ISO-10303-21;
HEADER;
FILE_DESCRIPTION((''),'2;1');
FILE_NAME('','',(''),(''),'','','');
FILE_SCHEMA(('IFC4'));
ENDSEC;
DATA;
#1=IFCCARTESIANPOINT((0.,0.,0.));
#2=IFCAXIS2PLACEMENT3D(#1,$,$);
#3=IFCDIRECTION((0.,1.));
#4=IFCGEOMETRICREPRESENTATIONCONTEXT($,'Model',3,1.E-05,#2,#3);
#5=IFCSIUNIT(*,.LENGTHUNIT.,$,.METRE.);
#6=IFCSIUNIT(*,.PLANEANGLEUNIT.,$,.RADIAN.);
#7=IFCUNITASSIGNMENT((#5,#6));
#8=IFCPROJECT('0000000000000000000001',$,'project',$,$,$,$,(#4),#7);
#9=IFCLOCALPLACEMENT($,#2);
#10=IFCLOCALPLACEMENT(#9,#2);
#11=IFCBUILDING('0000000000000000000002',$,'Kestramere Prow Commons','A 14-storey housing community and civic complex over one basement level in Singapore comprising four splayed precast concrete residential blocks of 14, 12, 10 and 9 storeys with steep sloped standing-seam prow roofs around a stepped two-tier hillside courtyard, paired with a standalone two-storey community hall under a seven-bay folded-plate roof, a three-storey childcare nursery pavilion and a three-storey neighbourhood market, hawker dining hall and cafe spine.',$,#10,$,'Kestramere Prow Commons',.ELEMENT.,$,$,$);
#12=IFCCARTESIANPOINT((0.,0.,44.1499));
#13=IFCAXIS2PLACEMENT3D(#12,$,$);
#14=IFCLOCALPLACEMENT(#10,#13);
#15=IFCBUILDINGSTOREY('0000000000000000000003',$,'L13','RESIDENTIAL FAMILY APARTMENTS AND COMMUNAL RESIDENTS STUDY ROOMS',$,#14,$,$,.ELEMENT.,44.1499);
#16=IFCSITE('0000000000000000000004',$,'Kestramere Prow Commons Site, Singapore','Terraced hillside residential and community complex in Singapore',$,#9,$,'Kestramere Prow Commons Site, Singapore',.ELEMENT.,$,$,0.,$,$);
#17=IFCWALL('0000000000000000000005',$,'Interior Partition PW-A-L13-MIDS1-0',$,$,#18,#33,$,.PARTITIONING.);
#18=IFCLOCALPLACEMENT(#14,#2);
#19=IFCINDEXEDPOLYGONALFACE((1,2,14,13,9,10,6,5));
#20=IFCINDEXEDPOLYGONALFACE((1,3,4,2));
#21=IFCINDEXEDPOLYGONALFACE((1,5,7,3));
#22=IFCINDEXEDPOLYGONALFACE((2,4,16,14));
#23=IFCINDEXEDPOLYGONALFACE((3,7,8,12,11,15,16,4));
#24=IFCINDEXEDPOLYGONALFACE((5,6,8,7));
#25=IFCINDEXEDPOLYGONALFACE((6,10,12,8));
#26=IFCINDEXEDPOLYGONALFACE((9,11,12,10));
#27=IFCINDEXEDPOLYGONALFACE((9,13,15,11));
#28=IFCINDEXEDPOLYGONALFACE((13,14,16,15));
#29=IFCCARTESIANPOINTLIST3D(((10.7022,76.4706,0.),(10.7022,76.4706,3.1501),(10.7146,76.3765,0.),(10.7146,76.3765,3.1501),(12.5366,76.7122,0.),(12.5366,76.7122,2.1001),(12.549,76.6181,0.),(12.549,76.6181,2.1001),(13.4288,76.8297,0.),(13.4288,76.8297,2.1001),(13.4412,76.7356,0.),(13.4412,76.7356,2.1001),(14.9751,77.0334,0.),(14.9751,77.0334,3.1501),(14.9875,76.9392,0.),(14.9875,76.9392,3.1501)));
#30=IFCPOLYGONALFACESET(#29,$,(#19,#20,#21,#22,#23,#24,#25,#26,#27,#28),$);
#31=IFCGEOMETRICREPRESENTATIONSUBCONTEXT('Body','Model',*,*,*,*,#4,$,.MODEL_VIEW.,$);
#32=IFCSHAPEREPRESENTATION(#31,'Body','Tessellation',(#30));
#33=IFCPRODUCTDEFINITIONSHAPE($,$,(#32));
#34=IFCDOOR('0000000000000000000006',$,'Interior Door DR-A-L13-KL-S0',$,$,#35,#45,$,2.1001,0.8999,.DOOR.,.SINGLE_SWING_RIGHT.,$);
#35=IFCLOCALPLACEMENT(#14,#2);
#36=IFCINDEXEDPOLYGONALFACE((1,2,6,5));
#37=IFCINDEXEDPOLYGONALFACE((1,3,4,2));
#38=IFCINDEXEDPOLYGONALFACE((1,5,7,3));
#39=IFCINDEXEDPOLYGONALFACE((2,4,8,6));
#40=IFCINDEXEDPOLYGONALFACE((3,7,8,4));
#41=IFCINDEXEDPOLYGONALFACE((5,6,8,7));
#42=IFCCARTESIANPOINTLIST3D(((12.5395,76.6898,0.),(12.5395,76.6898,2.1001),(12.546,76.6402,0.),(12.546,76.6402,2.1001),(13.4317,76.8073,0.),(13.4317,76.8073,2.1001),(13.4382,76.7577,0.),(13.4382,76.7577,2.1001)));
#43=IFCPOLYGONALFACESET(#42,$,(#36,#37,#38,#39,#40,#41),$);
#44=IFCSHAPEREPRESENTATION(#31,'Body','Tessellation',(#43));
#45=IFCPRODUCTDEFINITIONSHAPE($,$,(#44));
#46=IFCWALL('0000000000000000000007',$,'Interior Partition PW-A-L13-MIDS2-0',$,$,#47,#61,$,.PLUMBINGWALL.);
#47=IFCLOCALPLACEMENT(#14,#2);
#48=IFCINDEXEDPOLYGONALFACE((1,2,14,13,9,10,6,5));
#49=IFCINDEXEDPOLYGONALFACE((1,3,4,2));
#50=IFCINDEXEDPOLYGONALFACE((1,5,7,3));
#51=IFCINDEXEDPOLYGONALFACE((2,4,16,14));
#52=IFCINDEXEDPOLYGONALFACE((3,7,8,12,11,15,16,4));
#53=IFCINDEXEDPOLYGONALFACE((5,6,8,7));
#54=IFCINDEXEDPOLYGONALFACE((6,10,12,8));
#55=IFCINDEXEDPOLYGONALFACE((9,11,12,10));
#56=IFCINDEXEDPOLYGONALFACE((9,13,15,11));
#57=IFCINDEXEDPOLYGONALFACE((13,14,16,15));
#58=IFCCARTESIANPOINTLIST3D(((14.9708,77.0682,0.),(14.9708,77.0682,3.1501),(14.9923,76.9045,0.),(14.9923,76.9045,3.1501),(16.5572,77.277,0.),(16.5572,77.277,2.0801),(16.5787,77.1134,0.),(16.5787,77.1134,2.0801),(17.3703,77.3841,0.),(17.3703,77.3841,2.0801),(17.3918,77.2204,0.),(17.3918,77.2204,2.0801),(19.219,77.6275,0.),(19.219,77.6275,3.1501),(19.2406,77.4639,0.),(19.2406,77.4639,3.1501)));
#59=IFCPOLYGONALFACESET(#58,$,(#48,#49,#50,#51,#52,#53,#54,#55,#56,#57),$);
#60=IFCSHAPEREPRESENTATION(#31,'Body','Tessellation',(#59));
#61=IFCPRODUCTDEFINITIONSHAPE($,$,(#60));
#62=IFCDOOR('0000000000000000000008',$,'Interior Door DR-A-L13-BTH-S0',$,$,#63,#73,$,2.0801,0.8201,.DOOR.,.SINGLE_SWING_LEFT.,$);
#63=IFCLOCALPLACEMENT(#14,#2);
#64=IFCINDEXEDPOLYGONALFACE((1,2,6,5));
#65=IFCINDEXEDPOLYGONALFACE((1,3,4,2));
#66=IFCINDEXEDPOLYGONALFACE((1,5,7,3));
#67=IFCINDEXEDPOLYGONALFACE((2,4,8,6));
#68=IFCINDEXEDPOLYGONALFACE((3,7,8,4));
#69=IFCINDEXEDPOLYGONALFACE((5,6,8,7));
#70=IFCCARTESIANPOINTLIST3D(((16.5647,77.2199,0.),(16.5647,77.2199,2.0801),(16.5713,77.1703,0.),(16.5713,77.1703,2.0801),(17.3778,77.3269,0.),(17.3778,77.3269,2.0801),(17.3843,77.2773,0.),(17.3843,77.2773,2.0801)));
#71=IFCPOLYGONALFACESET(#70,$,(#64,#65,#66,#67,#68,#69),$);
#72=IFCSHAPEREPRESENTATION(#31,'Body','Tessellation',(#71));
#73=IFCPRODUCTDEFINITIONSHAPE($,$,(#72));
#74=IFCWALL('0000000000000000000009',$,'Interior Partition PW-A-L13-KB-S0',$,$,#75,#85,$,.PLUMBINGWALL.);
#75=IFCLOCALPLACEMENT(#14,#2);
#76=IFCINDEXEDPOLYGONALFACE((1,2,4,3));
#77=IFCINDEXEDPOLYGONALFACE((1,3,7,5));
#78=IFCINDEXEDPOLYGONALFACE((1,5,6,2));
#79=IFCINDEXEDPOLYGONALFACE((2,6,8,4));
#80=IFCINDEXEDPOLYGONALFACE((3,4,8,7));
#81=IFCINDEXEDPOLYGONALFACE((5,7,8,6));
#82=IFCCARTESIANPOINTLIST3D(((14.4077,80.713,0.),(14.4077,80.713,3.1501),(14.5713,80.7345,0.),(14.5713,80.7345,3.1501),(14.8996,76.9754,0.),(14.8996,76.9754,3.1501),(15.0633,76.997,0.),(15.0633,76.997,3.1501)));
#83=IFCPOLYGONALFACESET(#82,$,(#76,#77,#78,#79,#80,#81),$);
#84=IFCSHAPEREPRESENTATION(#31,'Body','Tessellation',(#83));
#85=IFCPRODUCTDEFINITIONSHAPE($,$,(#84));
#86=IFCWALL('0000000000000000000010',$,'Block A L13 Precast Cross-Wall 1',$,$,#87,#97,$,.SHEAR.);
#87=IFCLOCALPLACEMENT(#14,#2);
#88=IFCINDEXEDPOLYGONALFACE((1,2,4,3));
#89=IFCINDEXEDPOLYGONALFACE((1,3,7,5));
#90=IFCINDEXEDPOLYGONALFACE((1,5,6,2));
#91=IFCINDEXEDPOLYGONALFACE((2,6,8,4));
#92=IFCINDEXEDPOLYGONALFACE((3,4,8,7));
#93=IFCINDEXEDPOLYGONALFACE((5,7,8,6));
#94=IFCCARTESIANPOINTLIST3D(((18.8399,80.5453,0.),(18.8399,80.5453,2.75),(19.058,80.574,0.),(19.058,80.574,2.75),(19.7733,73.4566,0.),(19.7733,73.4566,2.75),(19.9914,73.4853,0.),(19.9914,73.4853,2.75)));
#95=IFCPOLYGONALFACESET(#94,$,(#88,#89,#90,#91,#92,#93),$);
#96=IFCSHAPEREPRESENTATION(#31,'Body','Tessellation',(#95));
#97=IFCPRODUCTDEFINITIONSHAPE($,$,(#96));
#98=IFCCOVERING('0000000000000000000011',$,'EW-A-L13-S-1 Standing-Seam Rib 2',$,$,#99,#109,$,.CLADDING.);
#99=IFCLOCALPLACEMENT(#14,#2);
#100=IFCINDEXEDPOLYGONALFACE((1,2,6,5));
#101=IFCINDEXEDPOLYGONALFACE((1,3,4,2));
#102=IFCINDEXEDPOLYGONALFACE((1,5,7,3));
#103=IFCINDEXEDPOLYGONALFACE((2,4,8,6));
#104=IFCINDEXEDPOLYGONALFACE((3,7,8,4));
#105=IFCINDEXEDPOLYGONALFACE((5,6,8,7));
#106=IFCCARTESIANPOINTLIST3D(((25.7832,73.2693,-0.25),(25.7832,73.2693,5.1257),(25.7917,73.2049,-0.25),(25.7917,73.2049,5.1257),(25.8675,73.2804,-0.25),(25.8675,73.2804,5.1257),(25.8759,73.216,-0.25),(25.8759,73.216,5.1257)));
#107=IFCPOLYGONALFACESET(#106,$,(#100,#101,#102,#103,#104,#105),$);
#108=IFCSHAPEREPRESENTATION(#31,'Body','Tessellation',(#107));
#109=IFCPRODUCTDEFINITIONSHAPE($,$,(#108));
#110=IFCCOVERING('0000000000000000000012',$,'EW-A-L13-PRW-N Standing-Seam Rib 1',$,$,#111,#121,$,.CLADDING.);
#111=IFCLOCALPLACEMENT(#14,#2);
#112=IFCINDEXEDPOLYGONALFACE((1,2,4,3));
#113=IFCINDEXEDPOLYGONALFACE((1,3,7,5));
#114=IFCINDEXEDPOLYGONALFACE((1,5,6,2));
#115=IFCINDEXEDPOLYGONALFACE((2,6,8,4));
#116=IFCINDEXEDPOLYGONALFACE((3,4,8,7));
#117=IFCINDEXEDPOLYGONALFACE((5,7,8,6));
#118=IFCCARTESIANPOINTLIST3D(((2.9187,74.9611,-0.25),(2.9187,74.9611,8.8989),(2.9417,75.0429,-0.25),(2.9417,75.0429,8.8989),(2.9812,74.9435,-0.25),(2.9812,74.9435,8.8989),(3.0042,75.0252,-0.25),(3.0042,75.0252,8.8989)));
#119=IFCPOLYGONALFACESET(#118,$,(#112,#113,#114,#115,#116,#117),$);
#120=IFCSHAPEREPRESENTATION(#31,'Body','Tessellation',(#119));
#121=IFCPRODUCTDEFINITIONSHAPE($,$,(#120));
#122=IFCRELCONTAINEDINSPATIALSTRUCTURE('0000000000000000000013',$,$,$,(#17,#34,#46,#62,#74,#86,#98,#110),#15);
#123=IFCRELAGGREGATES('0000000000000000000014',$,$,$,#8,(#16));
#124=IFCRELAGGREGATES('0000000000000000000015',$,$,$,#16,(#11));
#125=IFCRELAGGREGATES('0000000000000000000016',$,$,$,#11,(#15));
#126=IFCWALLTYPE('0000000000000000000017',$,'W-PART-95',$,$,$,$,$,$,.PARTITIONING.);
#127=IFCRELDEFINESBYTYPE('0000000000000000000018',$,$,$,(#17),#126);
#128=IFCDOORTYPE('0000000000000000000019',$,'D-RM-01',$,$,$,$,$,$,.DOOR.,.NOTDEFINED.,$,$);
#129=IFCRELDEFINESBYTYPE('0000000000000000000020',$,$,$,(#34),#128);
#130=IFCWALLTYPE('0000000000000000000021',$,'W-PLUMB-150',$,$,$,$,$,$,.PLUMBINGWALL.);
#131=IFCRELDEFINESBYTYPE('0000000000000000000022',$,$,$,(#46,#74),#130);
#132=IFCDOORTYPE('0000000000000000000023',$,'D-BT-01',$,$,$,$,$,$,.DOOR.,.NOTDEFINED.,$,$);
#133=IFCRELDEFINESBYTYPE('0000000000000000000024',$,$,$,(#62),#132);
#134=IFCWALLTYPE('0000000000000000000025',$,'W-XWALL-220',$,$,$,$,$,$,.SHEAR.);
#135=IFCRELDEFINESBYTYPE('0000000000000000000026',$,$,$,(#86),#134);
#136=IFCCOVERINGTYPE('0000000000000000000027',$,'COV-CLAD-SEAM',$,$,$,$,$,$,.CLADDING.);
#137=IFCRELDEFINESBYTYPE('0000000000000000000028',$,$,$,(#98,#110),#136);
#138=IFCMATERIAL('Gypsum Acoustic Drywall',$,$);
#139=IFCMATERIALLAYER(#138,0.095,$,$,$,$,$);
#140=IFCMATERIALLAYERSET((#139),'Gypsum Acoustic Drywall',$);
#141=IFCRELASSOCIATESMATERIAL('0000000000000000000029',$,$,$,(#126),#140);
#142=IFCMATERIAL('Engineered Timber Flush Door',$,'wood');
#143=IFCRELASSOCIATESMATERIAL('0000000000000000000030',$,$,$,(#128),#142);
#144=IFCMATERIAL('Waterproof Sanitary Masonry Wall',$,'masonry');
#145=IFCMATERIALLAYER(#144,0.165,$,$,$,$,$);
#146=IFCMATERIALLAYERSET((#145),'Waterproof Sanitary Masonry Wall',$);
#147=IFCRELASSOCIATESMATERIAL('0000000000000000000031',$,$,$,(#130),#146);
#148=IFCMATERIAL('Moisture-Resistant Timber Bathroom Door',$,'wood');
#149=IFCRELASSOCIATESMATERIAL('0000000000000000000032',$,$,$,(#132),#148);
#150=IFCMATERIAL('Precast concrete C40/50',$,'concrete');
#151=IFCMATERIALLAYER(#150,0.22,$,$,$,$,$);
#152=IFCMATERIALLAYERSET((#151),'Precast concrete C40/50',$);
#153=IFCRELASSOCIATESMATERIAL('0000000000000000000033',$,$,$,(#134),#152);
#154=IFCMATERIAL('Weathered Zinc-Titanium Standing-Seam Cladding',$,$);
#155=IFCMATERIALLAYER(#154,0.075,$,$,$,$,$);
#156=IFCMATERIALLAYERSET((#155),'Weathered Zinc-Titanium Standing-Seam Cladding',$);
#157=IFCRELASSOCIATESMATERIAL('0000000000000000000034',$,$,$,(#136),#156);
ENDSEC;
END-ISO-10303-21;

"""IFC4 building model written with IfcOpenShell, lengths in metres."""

from ifc_helpers import new_model, si_unit, direction, frame, frame_2d, origin, origin_2d, place, context, subcontext, project, spatial, rectangle, extrude, material, layer, layer_set, type_object, element, fill, save


model = new_model("IFC4")

# Units and contexts
model_context = context("Model", 3, precision=1e-05, world=origin(), true_north=direction((0.0, 1.0)))
body_context = subcontext(model_context, "Body", "Model", "MODEL_VIEW")
ifc_project = project(units=[si_unit("LENGTHUNIT", "METRE"), si_unit("PLANEANGLEUNIT", "RADIAN")], contexts=[model_context])

# Site, building, storey
site_placement = place(None, origin())
site = spatial("IfcSite", under=ifc_project, at=site_placement, Name="Kestramere Prow Commons Site, Singapore", Description="Terraced hillside residential and community complex in Singapore", LongName="Kestramere Prow Commons Site, Singapore", CompositionType="ELEMENT", RefElevation=0.0)
building_placement = place(site_placement, origin())
building = spatial("IfcBuilding", under=site, at=building_placement, Name="Kestramere Prow Commons", Description="A 14-storey housing community and civic complex over one basement level in Singapore comprising four splayed precast concrete residential blocks of 14, 12, 10 and 9 storeys with steep sloped standing-seam prow roofs around a stepped two-tier hillside courtyard, paired with a standalone two-storey community hall under a seven-bay folded-plate roof, a three-storey childcare nursery pavilion and a three-storey neighbourhood market, hawker dining hall and cafe spine.", LongName="Kestramere Prow Commons", CompositionType="ELEMENT")
storey_placement = place(building_placement, frame((0.0, 0.0, 44.1499)))
storey = spatial("IfcBuildingStorey", under=building, at=storey_placement, Name="L13", Description="RESIDENTIAL FAMILY APARTMENTS AND COMMUNAL RESIDENTS STUDY ROOMS", CompositionType="ELEMENT", Elevation=44.1499)

# Shared definitions
ifc_material_1 = material(Name="Precast concrete C40/50", Category="concrete")

# Shared definitions
ifc_material_2 = material(Name="Weathered Zinc-Titanium Standing-Seam Cladding")

# Walls, openings, doors
ifc_material_3 = material(Name="Gypsum Acoustic Drywall")
ifc_layer_1 = layer(ifc_material_3, 0.095)
ifc_layer_set_1 = layer_set([ifc_layer_1], Name="Gypsum Acoustic Drywall")
wall_type_1 = type_object("IfcWallType", Name="W-PART-95", PredefinedType="PARTITIONING", material=ifc_layer_set_1)
wall_1_placement = place(storey_placement, frame((10.7085, 76.4236, 0.0), z_axis=(0.0, 0.0, 1.0), x_axis=(0.991439, 0.130572, 0.0)))
wall_1 = element("IfcWall", 1, at=wall_1_placement, inside=storey, type_object=wall_type_1, Name="Interior Partition PW-A-L13-MIDS1-0", PredefinedType="PARTITIONING", context=body_context, shape_type="SweptSolid", body=[
    extrude(rectangle(XDim=4.3098, YDim=0.095, at=frame_2d((2.1548, 0.0))), origin(), (0.0, 0.0, 1.0), 3.1501),
])
opening_1_placement = place(wall_1_placement, frame((1.8501, 0.0, 0.0)))
opening_1 = element("IfcOpeningElement", 2, at=opening_1_placement, cuts=wall_1, PredefinedType="OPENING", context=body_context, shape_type="SweptSolid", body=[
    extrude(rectangle(XDim=0.8999, YDim=2.1001, at=frame_2d((0.45, 1.05))), frame((0.0, 0.0625, 0.0), z_axis=(0.0, -1.0, 0.0), x_axis=(1.0, 0.0, 0.0)), (0.0, 0.0, 1.0), 0.125),
])
ifc_material_4 = material(Name="Engineered Timber Flush Door", Category="wood")
door_type_1 = type_object("IfcDoorType", Name="D-RM-01", OperationType="NOTDEFINED", PredefinedType="DOOR", material=ifc_material_4)
door_1_placement = place(opening_1_placement, origin())
door_1 = element("IfcDoor", 3, at=door_1_placement, inside=storey, type_object=door_type_1, Name="Interior Door DR-A-L13-KL-S0", OperationType="SINGLE_SWING_RIGHT", OverallHeight=2.1001, OverallWidth=0.8999, PredefinedType="DOOR", context=body_context, shape_type="SweptSolid", body=[
    extrude(rectangle(XDim=0.8999, YDim=2.1001, at=frame_2d((0.45, 1.05))), frame((0.0, 0.0249, 0.0), z_axis=(0.0, -1.0, 0.0), x_axis=(1.0, 0.0, 0.0)), (0.0, 0.0, 1.0), 0.05),
])
fill(opening_1, door_1)
ifc_material_5 = material(Name="Waterproof Sanitary Masonry Wall", Category="masonry")
ifc_layer_2 = layer(ifc_material_5, 0.165)
ifc_layer_set_2 = layer_set([ifc_layer_2], Name="Waterproof Sanitary Masonry Wall")
wall_type_2 = type_object("IfcWallType", Name="W-PLUMB-150", PredefinedType="PLUMBINGWALL", material=ifc_layer_set_2)
wall_2_placement = place(storey_placement, frame((14.9814, 76.9863, 0.0), z_axis=(0.0, 0.0, 1.0), x_axis=(0.991444, 0.130533, 0.0)))
wall_2 = element("IfcWall", 4, at=wall_2_placement, inside=storey, type_object=wall_type_2, Name="Interior Partition PW-A-L13-MIDS2-0", PredefinedType="PLUMBINGWALL", context=body_context, shape_type="SweptSolid", body=[
    extrude(rectangle(XDim=4.2849, YDim=0.165, at=frame_2d((2.1426, 0.0))), origin(), (0.0, 0.0, 1.0), 3.1501),
])
opening_2_placement = place(wall_2_placement, frame((1.6001, 0.0, 0.0)))
opening_2 = element("IfcOpeningElement", 5, at=opening_2_placement, cuts=wall_2, PredefinedType="OPENING", context=body_context, shape_type="SweptSolid", body=[
    extrude(rectangle(XDim=0.8201, YDim=2.0801, at=frame_2d((0.4102, 1.04))), frame((0.0, 0.0974, 0.0), z_axis=(0.0, -1.0, 0.0), x_axis=(1.0, 0.0, 0.0)), (0.0, 0.0, 1.0), 0.1951),
])
ifc_material_6 = material(Name="Moisture-Resistant Timber Bathroom Door", Category="wood")
door_type_2 = type_object("IfcDoorType", Name="D-BT-01", OperationType="NOTDEFINED", PredefinedType="DOOR", material=ifc_material_6)
door_2_placement = place(opening_2_placement, origin())
door_2 = element("IfcDoor", 6, at=door_2_placement, inside=storey, type_object=door_type_2, Name="Interior Door DR-A-L13-BTH-S0", OperationType="SINGLE_SWING_LEFT", OverallHeight=2.0801, OverallWidth=0.8201, PredefinedType="DOOR", context=body_context, shape_type="SweptSolid", body=[
    extrude(rectangle(XDim=0.8201, YDim=2.0801, at=frame_2d((0.4102, 1.04))), frame((0.0, 0.0249, 0.0), z_axis=(0.0, -1.0, 0.0), x_axis=(1.0, 0.0, 0.0)), (0.0, 0.0, 1.0), 0.05),
])
fill(opening_2, door_2)

# Walls
wall_3_placement = place(storey_placement, frame((14.9814, 76.9863, 0.0), z_axis=(0.0, 0.0, 1.0), x_axis=(-0.130496, 0.991449, 0.0)))
element("IfcWall", 7, at=wall_3_placement, inside=storey, type_object=wall_type_2, Name="Interior Partition PW-A-L13-KB-S0", PredefinedType="PLUMBINGWALL", context=body_context, shape_type="SweptSolid", body=[
    extrude(rectangle(XDim=3.7698, YDim=0.165, at=frame_2d((1.8848, 0.0))), origin(), (0.0, 0.0, 1.0), 3.1501),
])
ifc_layer_3 = layer(ifc_material_1, 0.22)
ifc_layer_set_3 = layer_set([ifc_layer_3], Name="Precast concrete C40/50")
wall_type_3 = type_object("IfcWallType", Name="W-XWALL-220", PredefinedType="SHEAR", material=ifc_layer_set_3)
wall_4_placement = place(storey_placement, frame((19.8823, 73.4709, 0.0), z_axis=(0.0, 0.0, 1.0), x_axis=(-0.130542, 0.991443, 0.0)))
element("IfcWall", 8, at=wall_4_placement, inside=storey, type_object=wall_type_3, Name="Block A L13 Precast Cross-Wall 1", PredefinedType="SHEAR", context=body_context, shape_type="SweptSolid", body=[
    extrude(rectangle(XDim=7.1499, YDim=0.22, at=frame_2d((3.575, 0.0))), origin(), (0.0, 0.0, 1.0), 2.75),
])

# Coverings
ifc_layer_4 = layer(ifc_material_2, 0.075)
ifc_layer_set_4 = layer_set([ifc_layer_4], Name="Weathered Zinc-Titanium Standing-Seam Cladding")
covering_type = type_object("IfcCoveringType", Name="COV-CLAD-SEAM", PredefinedType="CLADDING", material=ifc_layer_set_4)
covering_1_placement = place(storey_placement, frame((25.8296, 73.2427, -0.25), z_axis=(0.0, 0.0, 1.0), x_axis=(-0.991445, -0.130526, 0.0)))
element("IfcCovering", 9, at=covering_1_placement, inside=storey, type_object=covering_type, Name="EW-A-L13-S-1 Standing-Seam Rib 2", PredefinedType="CLADDING", context=body_context, shape_type="SweptSolid", body=[
    extrude(rectangle(XDim=0.085, YDim=0.0649, at=origin_2d()), origin(), (0.0, 0.0, 1.0), 5.3757),
])
covering_2_placement = place(storey_placement, frame((2.9614, 74.9932, -0.25), z_axis=(0.0, 0.0, 1.0), x_axis=(0.27116, 0.962534, 0.0)))
element("IfcCovering", 10, at=covering_2_placement, inside=storey, type_object=covering_type, Name="EW-A-L13-PRW-N Standing-Seam Rib 1", PredefinedType="CLADDING", context=body_context, shape_type="SweptSolid", body=[
    extrude(rectangle(XDim=0.085, YDim=0.0649, at=origin_2d()), origin(), (0.0, 0.0, 1.0), 9.1489),
])

save(model, "model.ifc")
